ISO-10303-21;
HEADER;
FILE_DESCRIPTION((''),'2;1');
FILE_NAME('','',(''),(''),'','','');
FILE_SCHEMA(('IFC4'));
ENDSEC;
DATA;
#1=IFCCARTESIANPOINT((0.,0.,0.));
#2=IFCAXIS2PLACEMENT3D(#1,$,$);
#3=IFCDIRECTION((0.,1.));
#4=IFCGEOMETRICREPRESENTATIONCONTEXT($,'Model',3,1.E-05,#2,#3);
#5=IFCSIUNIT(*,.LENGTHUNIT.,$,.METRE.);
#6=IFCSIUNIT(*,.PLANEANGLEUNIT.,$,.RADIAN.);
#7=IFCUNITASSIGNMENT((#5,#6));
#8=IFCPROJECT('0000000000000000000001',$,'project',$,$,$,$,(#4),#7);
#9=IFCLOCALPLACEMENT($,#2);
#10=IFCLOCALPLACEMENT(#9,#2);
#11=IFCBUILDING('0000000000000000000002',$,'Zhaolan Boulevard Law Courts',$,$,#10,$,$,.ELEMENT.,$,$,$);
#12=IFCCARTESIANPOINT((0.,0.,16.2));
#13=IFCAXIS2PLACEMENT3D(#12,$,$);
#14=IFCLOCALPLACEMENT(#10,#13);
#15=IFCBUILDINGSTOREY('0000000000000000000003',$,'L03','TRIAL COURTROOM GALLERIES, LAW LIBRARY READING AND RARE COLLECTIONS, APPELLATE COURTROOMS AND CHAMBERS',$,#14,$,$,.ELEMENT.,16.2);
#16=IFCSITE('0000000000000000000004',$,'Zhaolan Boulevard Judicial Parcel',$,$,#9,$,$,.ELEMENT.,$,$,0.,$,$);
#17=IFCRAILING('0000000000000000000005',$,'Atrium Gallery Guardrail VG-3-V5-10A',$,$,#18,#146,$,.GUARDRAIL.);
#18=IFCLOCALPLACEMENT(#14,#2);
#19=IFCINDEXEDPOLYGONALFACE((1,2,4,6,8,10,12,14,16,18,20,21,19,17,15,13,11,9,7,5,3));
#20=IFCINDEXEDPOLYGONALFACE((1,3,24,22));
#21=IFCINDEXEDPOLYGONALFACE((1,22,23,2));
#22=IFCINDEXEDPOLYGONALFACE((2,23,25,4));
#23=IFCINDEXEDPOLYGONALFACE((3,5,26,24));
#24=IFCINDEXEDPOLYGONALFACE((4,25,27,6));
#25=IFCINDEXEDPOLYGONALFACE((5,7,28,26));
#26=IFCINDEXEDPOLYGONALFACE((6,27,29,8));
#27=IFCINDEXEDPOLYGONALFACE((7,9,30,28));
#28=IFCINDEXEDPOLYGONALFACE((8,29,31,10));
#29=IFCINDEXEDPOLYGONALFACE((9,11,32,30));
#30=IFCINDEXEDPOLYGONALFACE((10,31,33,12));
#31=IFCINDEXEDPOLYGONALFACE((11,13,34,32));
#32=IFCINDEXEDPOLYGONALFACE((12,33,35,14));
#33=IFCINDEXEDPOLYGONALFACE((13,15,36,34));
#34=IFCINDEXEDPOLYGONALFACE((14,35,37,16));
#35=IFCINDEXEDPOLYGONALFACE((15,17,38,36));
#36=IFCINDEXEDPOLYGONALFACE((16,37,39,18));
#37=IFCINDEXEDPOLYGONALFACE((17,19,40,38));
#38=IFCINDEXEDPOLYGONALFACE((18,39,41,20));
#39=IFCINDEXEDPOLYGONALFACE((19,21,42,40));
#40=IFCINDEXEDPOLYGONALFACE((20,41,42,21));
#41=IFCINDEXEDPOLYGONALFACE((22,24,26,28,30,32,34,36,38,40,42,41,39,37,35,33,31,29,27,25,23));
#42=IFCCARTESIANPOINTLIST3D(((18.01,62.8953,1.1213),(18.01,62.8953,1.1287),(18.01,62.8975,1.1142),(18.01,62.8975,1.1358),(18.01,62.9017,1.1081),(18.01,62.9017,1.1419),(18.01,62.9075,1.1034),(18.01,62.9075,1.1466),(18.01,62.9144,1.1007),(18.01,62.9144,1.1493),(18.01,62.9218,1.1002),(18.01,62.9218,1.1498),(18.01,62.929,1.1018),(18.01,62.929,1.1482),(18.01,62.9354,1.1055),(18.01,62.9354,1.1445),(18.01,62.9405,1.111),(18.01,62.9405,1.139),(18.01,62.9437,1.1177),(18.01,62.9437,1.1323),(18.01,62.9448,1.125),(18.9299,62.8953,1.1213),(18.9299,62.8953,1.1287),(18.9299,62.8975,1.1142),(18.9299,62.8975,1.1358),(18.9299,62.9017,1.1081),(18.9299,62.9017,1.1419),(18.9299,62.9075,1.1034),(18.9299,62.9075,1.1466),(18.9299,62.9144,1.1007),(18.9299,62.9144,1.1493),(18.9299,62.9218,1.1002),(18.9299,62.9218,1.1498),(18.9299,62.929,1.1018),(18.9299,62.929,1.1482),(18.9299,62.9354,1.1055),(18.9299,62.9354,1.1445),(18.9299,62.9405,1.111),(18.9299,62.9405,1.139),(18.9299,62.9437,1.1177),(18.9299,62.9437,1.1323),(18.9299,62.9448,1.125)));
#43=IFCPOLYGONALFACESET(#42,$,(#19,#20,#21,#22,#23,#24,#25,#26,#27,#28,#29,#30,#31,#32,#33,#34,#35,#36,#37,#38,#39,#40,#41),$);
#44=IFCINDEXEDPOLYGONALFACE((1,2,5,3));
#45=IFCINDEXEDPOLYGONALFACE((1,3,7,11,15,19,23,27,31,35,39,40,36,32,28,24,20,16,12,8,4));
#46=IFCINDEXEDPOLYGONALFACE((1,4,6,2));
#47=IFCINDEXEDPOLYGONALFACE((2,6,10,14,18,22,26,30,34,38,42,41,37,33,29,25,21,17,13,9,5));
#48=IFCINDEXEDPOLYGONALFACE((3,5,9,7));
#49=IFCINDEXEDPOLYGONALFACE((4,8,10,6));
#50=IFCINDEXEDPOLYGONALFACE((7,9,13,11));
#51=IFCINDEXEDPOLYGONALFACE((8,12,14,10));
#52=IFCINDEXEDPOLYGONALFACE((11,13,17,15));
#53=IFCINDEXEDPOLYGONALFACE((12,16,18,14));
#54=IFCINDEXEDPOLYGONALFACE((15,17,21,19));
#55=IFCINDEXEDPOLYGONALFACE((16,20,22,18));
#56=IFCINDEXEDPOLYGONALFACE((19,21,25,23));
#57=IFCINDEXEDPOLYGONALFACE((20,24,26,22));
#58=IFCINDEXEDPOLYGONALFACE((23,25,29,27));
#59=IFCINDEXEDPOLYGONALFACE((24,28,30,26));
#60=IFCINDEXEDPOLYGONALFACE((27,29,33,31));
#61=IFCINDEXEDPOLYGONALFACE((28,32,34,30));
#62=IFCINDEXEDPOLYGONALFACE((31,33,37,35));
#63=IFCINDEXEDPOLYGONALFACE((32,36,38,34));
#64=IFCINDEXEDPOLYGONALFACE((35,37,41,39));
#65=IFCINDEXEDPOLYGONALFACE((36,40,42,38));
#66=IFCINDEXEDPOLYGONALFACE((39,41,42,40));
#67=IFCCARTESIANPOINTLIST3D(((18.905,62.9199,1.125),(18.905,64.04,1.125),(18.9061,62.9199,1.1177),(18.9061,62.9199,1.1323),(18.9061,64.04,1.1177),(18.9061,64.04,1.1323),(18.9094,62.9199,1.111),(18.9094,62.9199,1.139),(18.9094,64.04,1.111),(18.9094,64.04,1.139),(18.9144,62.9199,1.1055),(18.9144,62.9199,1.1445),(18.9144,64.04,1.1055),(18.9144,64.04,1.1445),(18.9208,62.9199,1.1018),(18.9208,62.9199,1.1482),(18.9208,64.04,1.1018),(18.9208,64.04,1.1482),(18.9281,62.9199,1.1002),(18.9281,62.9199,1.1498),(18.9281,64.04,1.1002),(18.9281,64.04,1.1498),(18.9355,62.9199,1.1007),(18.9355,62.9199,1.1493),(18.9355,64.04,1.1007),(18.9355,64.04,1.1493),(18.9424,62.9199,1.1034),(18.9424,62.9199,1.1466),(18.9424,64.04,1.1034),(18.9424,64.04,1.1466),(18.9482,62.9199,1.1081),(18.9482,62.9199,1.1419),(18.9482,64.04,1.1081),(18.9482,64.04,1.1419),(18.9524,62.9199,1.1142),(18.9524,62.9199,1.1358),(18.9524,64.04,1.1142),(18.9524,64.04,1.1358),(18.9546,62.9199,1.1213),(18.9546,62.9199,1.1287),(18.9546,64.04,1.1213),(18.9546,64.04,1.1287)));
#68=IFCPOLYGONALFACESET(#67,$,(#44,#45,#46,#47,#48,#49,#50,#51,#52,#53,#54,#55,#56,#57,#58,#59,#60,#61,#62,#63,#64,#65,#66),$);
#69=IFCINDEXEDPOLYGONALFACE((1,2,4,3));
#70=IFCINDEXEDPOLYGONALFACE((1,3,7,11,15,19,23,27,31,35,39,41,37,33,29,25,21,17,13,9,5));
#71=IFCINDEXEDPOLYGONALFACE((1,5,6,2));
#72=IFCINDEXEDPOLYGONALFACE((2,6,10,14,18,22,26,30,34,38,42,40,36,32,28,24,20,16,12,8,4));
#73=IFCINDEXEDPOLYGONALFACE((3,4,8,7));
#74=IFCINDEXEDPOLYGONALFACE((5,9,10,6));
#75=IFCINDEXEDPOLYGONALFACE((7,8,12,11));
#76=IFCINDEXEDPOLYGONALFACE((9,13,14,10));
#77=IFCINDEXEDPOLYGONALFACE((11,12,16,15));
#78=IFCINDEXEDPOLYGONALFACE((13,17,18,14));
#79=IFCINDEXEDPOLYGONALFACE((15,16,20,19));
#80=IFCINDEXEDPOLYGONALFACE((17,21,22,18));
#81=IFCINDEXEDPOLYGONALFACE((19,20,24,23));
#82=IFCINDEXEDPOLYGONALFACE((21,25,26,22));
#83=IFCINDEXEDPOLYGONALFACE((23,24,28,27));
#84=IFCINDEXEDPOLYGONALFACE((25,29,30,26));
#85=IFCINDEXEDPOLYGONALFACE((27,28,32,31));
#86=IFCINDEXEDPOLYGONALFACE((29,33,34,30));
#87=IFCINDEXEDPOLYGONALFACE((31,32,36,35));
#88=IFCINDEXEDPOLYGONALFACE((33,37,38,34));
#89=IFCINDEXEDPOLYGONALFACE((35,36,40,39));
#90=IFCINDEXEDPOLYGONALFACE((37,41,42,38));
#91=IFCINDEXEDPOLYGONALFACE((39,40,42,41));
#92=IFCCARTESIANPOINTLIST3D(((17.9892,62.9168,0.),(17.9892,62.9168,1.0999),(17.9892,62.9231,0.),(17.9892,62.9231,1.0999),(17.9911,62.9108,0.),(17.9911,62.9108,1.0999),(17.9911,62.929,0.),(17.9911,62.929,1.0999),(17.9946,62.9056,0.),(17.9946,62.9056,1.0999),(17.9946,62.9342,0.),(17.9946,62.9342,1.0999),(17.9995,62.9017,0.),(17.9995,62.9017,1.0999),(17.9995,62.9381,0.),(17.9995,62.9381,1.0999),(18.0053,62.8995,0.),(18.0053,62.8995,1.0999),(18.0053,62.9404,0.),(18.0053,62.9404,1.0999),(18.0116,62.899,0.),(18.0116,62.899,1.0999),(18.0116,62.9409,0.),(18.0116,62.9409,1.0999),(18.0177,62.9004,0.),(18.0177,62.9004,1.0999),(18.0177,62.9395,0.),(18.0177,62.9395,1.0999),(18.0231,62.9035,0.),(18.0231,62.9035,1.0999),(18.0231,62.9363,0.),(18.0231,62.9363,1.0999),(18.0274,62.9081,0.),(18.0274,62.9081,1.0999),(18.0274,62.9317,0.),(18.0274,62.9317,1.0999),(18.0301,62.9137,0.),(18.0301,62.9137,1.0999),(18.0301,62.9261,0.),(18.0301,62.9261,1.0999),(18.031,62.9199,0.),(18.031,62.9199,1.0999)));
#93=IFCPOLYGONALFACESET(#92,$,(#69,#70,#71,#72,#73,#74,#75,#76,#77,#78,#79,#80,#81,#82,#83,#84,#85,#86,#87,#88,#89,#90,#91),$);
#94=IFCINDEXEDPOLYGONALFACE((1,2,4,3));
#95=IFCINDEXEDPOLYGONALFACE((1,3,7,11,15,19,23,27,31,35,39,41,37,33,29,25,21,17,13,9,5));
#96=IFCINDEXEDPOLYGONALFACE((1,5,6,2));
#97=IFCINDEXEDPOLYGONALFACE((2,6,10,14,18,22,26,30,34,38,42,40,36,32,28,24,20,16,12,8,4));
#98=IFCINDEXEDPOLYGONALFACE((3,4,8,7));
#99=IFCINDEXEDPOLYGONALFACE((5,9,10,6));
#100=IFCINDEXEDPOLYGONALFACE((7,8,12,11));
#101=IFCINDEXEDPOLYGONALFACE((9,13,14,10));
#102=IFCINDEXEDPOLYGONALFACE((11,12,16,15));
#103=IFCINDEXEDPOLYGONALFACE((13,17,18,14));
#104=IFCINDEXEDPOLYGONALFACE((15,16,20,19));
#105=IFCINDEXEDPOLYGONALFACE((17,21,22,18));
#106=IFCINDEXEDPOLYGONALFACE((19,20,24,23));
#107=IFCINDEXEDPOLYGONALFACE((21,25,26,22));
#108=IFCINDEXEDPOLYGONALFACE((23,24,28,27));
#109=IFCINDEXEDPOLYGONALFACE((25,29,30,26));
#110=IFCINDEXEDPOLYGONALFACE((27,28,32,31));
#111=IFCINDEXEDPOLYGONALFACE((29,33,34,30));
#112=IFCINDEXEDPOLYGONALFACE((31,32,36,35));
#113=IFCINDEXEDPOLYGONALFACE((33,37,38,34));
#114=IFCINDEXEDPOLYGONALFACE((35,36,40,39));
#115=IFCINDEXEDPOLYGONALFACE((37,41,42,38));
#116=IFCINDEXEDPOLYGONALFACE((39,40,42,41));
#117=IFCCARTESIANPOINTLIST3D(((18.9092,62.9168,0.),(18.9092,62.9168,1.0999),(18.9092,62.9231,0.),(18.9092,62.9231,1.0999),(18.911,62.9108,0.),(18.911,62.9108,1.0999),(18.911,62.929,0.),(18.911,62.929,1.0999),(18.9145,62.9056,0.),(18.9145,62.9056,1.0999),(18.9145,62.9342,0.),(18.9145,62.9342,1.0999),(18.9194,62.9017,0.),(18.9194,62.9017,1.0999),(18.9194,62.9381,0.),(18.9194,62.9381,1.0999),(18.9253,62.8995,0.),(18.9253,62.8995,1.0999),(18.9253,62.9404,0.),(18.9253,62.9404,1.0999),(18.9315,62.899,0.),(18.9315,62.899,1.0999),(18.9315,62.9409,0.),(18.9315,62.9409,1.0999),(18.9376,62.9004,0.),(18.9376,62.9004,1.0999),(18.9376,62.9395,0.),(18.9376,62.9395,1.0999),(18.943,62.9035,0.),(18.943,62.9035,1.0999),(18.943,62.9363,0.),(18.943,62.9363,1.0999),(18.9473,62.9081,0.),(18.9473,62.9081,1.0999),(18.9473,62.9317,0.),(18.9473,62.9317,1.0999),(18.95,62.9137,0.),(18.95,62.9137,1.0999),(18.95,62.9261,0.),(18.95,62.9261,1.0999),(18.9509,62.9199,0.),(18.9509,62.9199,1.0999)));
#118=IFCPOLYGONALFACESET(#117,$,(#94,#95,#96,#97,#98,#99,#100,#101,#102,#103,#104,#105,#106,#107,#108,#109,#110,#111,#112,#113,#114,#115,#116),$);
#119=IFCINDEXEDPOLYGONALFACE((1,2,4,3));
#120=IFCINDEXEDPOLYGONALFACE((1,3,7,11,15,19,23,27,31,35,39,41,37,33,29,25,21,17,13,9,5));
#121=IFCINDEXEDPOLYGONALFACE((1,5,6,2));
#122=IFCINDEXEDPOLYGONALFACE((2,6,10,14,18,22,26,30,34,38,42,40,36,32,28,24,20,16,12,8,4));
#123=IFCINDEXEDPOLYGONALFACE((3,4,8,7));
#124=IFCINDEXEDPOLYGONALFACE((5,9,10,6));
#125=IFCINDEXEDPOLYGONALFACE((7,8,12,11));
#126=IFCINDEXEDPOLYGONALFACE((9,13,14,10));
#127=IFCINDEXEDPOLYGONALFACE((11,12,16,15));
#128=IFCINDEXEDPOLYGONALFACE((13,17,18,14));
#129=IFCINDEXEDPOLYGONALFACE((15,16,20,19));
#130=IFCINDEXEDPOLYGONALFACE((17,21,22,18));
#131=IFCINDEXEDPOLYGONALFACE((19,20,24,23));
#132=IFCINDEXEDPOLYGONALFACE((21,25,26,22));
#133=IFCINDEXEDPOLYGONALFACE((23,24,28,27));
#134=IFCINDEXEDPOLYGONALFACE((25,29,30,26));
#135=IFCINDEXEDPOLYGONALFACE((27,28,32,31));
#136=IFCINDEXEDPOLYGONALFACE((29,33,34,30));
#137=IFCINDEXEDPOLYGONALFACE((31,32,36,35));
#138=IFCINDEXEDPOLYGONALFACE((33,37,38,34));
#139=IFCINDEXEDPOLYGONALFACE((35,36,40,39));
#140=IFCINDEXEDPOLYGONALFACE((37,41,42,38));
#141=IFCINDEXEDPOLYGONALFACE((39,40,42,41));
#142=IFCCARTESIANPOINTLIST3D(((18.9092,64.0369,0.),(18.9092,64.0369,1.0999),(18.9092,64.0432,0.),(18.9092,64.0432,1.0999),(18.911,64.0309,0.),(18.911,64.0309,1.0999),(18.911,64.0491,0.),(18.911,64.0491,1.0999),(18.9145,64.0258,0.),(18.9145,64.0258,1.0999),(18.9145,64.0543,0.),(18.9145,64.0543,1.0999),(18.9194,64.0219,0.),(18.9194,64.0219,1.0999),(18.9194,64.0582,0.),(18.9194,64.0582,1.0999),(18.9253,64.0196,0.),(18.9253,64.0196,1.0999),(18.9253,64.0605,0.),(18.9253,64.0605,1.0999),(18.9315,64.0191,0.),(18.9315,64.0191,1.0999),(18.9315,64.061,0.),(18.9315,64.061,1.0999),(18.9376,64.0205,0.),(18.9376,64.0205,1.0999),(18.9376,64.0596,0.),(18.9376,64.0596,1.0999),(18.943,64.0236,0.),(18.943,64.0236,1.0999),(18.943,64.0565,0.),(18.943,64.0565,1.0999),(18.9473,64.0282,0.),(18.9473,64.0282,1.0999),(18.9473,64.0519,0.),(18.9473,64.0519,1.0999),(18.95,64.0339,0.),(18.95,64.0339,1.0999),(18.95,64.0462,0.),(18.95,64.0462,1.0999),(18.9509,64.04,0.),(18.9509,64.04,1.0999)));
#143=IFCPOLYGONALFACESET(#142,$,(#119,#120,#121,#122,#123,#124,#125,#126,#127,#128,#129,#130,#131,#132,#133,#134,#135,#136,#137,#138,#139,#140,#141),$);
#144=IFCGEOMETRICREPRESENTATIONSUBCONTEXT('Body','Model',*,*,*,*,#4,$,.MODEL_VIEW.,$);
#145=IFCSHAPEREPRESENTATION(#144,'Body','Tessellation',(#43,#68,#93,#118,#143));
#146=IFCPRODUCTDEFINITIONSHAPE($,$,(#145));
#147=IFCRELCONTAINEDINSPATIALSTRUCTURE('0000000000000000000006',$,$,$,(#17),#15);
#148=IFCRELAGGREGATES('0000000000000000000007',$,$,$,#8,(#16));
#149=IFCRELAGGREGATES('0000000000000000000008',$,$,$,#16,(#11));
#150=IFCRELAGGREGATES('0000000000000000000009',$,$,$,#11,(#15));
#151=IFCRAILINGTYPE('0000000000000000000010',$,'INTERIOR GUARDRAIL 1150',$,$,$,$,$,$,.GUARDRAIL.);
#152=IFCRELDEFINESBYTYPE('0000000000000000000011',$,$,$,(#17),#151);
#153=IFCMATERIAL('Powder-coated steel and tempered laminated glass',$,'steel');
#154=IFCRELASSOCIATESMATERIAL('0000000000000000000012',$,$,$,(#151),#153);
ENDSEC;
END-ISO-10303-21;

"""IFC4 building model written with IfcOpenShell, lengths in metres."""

from ifc_helpers import new_model, si_unit, direction, frame, origin, origin_2d, place, context, subcontext, project, spatial, circle, extrude, material, type_object, element, save


model = new_model("IFC4")

# Units and contexts
model_context = context("Model", 3, precision=1e-05, world=origin(), true_north=direction((0.0, 1.0)))
body_context = subcontext(model_context, "Body", "Model", "MODEL_VIEW")
ifc_project = project(units=[si_unit("LENGTHUNIT", "METRE"), si_unit("PLANEANGLEUNIT", "RADIAN")], contexts=[model_context])

# Site, building, storey
site_placement = place(None, origin())
site = spatial("IfcSite", under=ifc_project, at=site_placement, Name="Zhaolan Boulevard Judicial Parcel", CompositionType="ELEMENT", RefElevation=0.0)
building_placement = place(site_placement, origin())
building = spatial("IfcBuilding", under=site, at=building_placement, Name="Zhaolan Boulevard Law Courts", CompositionType="ELEMENT")
storey_placement = place(building_placement, frame((0.0, 0.0, 16.2)))
storey = spatial("IfcBuildingStorey", under=building, at=storey_placement, Name="L03", Description="TRIAL COURTROOM GALLERIES, LAW LIBRARY READING AND RARE COLLECTIONS, APPELLATE COURTROOMS AND CHAMBERS", CompositionType="ELEMENT", Elevation=16.2)

# Railing
ifc_material_1 = material(Name="Powder-coated steel and tempered laminated glass", Category="steel")
railing_type_1 = type_object("IfcRailingType", Name="INTERIOR GUARDRAIL 1150", PredefinedType="GUARDRAIL", material=ifc_material_1)
railing_1_placement = place(storey_placement, frame((18.01, 62.9199, 0.0)))
element("IfcRailing", 1, at=railing_1_placement, inside=storey, type_object=railing_type_1, Name="Atrium Gallery Guardrail VG-3-V5-10A", PredefinedType="GUARDRAIL", context=body_context, shape_type="SweptSolid", body=[
    extrude(circle(Radius=0.0249, at=origin_2d()), frame((0.0, 0.0, 1.125), z_axis=(1.0, 0.0, 0.0), x_axis=(0.0, 1.0, 0.0)), (0.0, 0.0, 1.0), 0.9199),
    extrude(circle(Radius=0.0249, at=origin_2d()), frame((0.9199, 0.0, 1.125), z_axis=(0.0, 1.0, 0.0), x_axis=(-1.0, 0.0, 0.0)), (0.0, 0.0, 1.0), 1.1201),
    extrude(circle(Radius=0.021, at=origin_2d()), origin(), (0.0, 0.0, 1.0), 1.0999),
    extrude(circle(Radius=0.021, at=origin_2d()), frame((0.9199, 0.0, 0.0)), (0.0, 0.0, 1.0), 1.0999),
    extrude(circle(Radius=0.021, at=origin_2d()), frame((0.9199, 1.1201, 0.0)), (0.0, 0.0, 1.0), 1.0999),
])

save(model, "model.ifc")
